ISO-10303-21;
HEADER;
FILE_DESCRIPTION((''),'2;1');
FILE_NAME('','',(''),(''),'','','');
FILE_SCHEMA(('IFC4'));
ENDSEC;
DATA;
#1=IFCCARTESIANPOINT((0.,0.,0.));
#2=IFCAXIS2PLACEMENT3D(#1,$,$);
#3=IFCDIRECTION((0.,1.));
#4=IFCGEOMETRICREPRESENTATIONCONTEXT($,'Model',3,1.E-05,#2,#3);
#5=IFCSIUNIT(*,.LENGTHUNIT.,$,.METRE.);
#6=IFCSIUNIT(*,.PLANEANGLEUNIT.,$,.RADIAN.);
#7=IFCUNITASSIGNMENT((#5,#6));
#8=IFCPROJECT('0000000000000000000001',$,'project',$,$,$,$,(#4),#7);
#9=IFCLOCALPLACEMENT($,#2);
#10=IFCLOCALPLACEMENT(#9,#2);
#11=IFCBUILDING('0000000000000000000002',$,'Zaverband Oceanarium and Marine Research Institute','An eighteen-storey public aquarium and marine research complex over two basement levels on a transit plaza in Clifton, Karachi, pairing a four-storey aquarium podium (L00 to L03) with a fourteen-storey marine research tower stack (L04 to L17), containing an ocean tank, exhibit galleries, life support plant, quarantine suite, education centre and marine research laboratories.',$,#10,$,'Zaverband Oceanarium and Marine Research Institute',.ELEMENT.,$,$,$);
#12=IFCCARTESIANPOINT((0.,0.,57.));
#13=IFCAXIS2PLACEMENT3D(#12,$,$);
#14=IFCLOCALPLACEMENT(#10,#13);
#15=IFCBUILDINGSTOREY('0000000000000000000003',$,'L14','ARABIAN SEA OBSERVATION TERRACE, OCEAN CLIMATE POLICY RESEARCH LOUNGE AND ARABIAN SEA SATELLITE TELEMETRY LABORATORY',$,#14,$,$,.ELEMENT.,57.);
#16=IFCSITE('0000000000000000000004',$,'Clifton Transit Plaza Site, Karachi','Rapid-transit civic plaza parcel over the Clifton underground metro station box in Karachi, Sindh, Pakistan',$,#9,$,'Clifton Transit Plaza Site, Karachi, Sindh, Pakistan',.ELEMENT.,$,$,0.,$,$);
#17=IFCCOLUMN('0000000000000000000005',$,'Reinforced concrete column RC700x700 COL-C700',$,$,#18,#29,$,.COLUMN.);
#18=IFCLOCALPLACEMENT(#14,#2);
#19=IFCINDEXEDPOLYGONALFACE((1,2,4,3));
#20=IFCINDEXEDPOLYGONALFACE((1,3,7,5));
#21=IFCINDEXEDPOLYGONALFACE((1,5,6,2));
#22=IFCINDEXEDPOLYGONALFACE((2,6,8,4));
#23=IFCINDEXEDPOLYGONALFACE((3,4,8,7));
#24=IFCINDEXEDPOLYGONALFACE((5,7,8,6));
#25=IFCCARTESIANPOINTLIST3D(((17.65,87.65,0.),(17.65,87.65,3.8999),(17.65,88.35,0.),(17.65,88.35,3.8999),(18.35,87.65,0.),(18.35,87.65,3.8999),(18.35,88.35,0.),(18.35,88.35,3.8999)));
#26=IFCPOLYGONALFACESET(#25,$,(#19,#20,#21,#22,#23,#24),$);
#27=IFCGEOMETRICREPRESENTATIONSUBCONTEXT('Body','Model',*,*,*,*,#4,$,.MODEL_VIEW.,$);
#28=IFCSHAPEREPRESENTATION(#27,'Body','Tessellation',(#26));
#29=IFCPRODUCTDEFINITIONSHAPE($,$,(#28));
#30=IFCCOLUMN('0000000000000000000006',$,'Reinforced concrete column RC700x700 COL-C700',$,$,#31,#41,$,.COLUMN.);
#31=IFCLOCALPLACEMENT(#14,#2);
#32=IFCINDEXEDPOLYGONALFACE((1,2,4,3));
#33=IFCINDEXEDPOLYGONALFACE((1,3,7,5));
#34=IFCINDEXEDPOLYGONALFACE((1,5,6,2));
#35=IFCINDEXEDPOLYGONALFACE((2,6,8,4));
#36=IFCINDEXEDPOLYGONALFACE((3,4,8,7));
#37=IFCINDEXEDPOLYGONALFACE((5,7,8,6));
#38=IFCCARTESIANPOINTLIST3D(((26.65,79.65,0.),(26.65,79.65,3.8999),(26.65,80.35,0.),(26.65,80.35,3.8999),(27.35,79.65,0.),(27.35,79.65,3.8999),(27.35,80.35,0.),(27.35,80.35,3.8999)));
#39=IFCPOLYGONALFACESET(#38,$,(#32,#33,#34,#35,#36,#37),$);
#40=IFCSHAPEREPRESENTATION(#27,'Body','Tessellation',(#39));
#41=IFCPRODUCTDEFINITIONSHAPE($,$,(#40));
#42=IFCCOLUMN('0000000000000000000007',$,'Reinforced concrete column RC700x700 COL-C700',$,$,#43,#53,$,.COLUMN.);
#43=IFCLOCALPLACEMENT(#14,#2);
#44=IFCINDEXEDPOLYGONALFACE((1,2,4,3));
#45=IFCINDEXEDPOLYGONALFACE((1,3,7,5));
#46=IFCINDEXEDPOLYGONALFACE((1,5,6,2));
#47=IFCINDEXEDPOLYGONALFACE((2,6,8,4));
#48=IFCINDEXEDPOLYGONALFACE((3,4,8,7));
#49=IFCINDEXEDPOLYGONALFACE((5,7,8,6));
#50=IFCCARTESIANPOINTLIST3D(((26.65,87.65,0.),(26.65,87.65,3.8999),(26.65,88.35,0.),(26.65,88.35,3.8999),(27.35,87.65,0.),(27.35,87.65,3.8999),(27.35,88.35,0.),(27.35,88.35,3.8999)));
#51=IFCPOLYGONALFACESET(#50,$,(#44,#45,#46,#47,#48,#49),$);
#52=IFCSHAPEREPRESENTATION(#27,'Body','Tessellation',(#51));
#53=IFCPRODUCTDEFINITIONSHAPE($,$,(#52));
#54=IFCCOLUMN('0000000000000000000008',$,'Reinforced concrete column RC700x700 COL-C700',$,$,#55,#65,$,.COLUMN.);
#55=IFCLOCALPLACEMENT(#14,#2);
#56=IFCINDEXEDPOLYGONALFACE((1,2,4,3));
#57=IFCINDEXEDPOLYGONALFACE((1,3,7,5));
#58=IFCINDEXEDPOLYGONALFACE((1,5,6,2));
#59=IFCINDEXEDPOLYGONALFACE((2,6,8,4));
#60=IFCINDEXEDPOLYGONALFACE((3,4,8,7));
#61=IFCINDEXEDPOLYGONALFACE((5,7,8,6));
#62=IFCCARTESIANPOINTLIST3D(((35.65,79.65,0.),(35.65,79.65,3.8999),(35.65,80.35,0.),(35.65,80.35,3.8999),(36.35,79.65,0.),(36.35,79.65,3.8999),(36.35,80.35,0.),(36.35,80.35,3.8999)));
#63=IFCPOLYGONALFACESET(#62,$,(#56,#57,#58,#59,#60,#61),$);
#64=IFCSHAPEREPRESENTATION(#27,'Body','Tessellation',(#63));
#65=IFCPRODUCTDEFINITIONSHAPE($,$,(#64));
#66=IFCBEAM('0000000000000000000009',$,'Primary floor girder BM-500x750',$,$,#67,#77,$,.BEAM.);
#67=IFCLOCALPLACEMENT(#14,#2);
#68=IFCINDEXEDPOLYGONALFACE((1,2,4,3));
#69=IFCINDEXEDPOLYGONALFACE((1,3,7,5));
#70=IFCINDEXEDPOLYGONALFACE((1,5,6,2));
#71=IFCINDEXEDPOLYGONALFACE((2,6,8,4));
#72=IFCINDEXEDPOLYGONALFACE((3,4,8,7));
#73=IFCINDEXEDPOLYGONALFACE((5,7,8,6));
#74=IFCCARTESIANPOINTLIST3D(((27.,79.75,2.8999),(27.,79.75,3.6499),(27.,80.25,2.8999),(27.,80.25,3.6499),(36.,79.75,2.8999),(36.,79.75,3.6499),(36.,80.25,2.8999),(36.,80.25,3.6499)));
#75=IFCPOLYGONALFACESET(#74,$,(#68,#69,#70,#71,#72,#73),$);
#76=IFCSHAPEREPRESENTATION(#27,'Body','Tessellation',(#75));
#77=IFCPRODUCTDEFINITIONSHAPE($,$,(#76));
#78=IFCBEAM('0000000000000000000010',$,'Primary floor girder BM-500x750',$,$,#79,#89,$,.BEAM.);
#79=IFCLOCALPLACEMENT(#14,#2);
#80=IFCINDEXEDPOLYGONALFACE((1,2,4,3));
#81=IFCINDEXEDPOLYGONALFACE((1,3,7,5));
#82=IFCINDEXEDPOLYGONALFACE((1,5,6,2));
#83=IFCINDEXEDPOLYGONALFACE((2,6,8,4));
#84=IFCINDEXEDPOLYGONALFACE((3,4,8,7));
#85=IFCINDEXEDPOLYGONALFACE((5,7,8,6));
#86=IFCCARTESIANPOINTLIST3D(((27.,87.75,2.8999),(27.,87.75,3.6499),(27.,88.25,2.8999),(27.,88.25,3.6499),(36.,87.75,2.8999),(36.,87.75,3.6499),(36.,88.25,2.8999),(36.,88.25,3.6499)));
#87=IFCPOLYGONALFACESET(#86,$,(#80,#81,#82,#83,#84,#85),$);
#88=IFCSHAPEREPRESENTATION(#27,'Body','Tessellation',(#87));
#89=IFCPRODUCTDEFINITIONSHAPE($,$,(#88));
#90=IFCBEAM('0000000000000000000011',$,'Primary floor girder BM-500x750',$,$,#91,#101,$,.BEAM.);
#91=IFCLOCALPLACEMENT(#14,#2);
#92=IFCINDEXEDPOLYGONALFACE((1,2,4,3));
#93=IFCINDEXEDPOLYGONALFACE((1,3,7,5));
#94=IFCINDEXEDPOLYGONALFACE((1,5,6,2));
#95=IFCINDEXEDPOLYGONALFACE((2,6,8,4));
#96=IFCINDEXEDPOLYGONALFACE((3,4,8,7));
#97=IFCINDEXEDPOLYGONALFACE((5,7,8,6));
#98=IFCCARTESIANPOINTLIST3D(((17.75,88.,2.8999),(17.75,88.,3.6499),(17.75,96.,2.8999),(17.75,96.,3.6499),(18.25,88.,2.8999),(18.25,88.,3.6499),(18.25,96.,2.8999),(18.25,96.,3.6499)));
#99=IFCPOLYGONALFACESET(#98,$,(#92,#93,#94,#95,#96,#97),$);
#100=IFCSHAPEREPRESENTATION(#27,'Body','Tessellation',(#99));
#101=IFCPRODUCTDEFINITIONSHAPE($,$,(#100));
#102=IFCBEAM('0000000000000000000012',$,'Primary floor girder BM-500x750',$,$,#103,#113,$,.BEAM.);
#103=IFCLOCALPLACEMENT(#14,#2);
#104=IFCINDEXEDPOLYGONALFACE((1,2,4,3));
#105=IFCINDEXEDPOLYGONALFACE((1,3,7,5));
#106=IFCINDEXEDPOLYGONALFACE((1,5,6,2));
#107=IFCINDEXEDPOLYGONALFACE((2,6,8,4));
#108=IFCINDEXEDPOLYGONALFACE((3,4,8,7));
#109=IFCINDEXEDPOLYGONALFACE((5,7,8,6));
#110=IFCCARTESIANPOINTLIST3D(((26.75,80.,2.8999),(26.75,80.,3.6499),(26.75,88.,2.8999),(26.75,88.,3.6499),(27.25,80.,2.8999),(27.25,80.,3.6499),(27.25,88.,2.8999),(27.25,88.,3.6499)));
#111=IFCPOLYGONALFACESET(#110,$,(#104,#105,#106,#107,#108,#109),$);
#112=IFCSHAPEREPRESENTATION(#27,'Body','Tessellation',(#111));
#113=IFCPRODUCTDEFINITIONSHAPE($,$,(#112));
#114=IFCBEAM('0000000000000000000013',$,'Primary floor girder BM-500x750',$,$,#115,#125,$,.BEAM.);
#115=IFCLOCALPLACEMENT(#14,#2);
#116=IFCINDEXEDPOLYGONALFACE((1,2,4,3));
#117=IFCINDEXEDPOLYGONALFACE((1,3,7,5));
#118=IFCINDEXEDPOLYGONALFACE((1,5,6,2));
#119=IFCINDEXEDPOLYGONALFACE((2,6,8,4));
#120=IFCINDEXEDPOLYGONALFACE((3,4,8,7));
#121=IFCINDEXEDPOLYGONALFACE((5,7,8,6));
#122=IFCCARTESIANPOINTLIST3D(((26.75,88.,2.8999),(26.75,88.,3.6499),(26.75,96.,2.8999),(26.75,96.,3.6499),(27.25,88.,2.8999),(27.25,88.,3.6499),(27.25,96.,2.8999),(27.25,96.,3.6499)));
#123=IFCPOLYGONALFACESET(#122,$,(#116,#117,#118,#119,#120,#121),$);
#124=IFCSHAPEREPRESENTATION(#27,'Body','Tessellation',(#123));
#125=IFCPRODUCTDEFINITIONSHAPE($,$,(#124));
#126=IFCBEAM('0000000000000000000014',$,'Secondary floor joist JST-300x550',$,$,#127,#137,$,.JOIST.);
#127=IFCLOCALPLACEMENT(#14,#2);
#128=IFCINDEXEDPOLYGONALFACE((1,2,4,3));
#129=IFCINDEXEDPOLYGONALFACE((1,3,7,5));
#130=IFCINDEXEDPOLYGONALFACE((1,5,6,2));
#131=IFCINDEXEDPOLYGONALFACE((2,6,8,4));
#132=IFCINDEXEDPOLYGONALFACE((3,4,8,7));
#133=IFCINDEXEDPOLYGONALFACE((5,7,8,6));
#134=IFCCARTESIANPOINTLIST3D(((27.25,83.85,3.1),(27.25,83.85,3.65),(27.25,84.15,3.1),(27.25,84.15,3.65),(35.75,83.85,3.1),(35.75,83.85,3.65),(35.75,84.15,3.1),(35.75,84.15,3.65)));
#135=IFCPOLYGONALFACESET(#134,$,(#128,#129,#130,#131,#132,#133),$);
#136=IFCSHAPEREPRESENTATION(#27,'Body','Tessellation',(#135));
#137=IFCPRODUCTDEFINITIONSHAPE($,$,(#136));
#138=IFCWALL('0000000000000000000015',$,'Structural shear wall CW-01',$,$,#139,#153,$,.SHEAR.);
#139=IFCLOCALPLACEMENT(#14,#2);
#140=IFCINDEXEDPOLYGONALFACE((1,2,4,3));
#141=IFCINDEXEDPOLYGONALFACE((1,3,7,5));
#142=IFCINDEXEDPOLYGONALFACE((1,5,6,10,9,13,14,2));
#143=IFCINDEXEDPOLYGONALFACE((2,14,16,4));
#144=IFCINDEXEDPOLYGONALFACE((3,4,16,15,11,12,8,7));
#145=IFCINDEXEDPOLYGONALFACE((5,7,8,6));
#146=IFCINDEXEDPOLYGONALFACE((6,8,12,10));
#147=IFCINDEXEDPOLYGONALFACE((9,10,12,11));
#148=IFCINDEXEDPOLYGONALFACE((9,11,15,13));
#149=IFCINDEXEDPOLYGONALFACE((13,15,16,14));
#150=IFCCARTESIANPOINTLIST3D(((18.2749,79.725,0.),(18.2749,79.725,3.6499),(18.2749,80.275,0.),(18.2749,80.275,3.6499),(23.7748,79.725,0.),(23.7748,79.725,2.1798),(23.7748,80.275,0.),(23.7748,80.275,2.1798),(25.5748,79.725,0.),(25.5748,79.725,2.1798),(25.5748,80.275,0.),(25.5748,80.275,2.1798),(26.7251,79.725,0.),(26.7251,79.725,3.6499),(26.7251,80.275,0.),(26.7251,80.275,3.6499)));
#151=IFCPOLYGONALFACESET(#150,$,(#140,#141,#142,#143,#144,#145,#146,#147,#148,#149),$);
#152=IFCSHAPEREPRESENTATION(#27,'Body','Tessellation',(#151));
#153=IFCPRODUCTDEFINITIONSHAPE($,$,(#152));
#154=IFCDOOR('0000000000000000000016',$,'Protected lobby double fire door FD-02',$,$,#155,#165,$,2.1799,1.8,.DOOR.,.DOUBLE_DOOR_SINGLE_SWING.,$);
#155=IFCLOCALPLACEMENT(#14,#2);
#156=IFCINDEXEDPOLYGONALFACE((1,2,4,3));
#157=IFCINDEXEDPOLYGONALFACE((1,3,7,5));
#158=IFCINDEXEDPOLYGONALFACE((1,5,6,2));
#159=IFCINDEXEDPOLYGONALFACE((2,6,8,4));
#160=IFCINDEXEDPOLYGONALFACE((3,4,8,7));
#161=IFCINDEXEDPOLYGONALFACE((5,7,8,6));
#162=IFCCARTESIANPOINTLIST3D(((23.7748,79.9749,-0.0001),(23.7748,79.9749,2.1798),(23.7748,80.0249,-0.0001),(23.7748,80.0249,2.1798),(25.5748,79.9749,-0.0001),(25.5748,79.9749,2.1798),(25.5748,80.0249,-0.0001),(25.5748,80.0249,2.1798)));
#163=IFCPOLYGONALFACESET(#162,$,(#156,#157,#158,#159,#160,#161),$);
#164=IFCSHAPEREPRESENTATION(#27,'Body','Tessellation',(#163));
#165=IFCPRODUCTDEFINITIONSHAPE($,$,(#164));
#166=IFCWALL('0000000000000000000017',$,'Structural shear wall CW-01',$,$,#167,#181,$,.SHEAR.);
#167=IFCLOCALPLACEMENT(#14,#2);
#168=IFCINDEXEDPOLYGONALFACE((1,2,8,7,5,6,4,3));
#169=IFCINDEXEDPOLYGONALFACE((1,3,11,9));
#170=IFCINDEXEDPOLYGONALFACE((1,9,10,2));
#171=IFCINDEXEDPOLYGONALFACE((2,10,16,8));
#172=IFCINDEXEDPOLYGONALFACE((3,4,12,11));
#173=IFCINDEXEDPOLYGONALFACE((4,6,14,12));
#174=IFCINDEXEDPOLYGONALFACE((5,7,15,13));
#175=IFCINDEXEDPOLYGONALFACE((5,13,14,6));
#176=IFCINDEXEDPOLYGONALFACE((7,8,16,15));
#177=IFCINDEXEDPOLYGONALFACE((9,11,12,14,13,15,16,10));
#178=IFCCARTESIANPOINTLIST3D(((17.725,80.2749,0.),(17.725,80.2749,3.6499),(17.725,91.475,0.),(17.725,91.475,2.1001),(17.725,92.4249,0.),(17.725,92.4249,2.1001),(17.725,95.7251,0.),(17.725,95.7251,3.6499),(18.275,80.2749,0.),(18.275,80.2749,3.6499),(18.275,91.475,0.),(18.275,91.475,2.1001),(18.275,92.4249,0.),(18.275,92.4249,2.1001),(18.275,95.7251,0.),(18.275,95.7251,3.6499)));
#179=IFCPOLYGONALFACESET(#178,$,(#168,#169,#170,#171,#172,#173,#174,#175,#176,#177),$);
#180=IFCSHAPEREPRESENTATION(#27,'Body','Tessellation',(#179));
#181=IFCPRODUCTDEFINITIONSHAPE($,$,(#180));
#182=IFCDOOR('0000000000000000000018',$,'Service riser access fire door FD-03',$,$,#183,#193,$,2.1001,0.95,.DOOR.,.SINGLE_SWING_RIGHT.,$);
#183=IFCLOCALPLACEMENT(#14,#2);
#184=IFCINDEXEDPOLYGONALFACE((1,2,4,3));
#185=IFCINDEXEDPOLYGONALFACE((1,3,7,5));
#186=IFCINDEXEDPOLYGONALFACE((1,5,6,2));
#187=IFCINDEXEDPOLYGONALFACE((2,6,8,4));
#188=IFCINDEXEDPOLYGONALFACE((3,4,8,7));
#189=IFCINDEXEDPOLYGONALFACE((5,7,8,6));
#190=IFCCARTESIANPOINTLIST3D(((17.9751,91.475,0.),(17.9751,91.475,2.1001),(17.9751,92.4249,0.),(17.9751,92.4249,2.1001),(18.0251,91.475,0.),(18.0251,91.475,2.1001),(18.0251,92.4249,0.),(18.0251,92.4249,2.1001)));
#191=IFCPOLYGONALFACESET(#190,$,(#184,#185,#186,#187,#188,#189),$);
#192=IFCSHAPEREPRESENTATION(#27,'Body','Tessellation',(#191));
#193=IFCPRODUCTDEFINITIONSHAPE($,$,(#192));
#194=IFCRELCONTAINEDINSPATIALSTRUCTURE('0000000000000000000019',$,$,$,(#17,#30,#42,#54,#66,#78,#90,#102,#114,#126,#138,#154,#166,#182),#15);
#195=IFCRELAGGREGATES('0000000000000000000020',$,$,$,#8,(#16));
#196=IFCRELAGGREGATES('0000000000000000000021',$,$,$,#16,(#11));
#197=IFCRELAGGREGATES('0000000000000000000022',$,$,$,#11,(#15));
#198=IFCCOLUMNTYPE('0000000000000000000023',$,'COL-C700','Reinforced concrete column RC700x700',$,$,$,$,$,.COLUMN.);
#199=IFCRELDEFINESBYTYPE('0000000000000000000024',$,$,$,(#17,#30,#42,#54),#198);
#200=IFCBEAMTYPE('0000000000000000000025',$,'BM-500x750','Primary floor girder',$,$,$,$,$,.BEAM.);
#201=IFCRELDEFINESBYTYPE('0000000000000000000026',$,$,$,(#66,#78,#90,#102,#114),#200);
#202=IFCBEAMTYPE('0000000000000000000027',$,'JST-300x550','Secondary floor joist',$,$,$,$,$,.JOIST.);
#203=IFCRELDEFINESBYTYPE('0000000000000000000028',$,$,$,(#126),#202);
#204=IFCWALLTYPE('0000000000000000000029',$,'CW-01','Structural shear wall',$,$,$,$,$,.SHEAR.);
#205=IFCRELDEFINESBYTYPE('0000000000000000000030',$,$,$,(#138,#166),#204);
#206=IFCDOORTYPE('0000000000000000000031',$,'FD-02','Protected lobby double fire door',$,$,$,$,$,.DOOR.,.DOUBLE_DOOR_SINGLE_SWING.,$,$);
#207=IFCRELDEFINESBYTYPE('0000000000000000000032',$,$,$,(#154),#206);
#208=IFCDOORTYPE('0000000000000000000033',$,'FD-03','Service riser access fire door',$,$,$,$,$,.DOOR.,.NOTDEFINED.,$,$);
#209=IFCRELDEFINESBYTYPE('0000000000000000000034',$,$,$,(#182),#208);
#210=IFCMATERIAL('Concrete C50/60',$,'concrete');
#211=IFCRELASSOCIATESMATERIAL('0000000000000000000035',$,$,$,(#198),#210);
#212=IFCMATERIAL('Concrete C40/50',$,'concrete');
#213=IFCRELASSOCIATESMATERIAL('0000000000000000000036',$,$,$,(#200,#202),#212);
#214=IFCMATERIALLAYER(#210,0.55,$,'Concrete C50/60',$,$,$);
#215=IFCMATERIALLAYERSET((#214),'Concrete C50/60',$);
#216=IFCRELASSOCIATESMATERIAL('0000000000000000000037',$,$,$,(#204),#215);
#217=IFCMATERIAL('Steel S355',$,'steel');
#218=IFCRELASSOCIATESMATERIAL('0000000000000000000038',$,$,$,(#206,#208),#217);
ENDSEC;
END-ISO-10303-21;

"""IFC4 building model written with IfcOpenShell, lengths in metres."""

from ifc_helpers import new_model, si_unit, direction, frame, frame_2d, origin, origin_2d, place, context, subcontext, project, spatial, rectangle, extrude, material, layer, layer_set, material_profile, profile_set, type_object, element, fill, save


model = new_model("IFC4")

# Units and contexts
model_context = context("Model", 3, precision=1e-05, world=origin(), true_north=direction((0.0, 1.0)))
body_context = subcontext(model_context, "Body", "Model", "MODEL_VIEW")
ifc_project = project(units=[si_unit("LENGTHUNIT", "METRE"), si_unit("PLANEANGLEUNIT", "RADIAN")], contexts=[model_context])

# Site, building, storey
site_placement = place(None, origin())
site = spatial("IfcSite", under=ifc_project, at=site_placement, Name="Clifton Transit Plaza Site, Karachi", Description="Rapid-transit civic plaza parcel over the Clifton underground metro station box in Karachi, Sindh, Pakistan", LongName="Clifton Transit Plaza Site, Karachi, Sindh, Pakistan", CompositionType="ELEMENT", RefElevation=0.0)
building_placement = place(site_placement, origin())
building = spatial("IfcBuilding", under=site, at=building_placement, Name="Zaverband Oceanarium and Marine Research Institute", Description="An eighteen-storey public aquarium and marine research complex over two basement levels on a transit plaza in Clifton, Karachi, pairing a four-storey aquarium podium (L00 to L03) with a fourteen-storey marine research tower stack (L04 to L17), containing an ocean tank, exhibit galleries, life support plant, quarantine suite, education centre and marine research laboratories.", LongName="Zaverband Oceanarium and Marine Research Institute", CompositionType="ELEMENT")
storey_placement = place(building_placement, frame((0.0, 0.0, 57.0)))
storey = spatial("IfcBuildingStorey", under=building, at=storey_placement, Name="L14", Description="ARABIAN SEA OBSERVATION TERRACE, OCEAN CLIMATE POLICY RESEARCH LOUNGE AND ARABIAN SEA SATELLITE TELEMETRY LABORATORY", CompositionType="ELEMENT", Elevation=57.0)

# Columns
ifc_material_1 = material(Name="Concrete C50/60", Category="concrete")
ifc_material_profile_1 = material_profile(ifc_material_1, rectangle(XDim=0.7, YDim=0.7, at=origin_2d()), Name="RC700x700")
ifc_profile_set_1 = profile_set([ifc_material_profile_1], Name="Concrete C50/60")
column_type = type_object("IfcColumnType", Name="COL-C700", Description="Reinforced concrete column RC700x700", PredefinedType="COLUMN", material=ifc_profile_set_1)
for number, where, z_axis, x_axis, name in (
    (1, (18.0, 88.0, 0.0), (0.0, 0.0, 1.0), (1.0, 0.0, 0.0), "Reinforced concrete column RC700x700 COL-C700"),
    (2, (27.0, 80.0, 0.0), (0.0, 0.0, 1.0), (1.0, 0.0, 0.0), "Reinforced concrete column RC700x700 COL-C700"),
    (3, (27.0, 88.0, 0.0), (0.0, 0.0, 1.0), (1.0, 0.0, 0.0), "Reinforced concrete column RC700x700 COL-C700"),
    (4, (36.0, 80.0, 0.0), (0.0, 0.0, 1.0), (1.0, 0.0, 0.0), "Reinforced concrete column RC700x700 COL-C700"),
):
    element("IfcColumn", number, at=place(storey_placement, frame(where, z_axis=z_axis, x_axis=x_axis)), inside=storey, type_object=column_type, Name=name, PredefinedType="COLUMN", context=body_context, shape_type="SweptSolid", body=[
        extrude(rectangle(XDim=0.7, YDim=0.7, at=origin_2d()), origin(), (0.0, 0.0, 1.0), 3.8999),
    ])

# Beams
ifc_material_2 = material(Name="Concrete C40/50", Category="concrete")
ifc_material_profile_2 = material_profile(ifc_material_2, rectangle(XDim=0.5, YDim=0.75, at=origin_2d()), Name="RC500x750")
ifc_profile_set_2 = profile_set([ifc_material_profile_2], Name="Concrete C40/50")
beam_type_1 = type_object("IfcBeamType", Name="BM-500x750", Description="Primary floor girder", PredefinedType="BEAM", material=ifc_profile_set_2)
for number, where, z_axis, x_axis, name in (
    (5, (27.0, 80.0, 3.2749), (1.0, 0.0, 0.0), (0.0, 1.0, 0.0), "Primary floor girder BM-500x750"),
    (6, (27.0, 88.0, 3.2749), (1.0, 0.0, 0.0), (0.0, 1.0, 0.0), "Primary floor girder BM-500x750"),
):
    element("IfcBeam", number, at=place(storey_placement, frame(where, z_axis=z_axis, x_axis=x_axis)), inside=storey, type_object=beam_type_1, Name=name, PredefinedType="BEAM", context=body_context, shape_type="SweptSolid", body=[
        extrude(rectangle(XDim=0.5, YDim=0.75, at=origin_2d()), origin(), (0.0, 0.0, 1.0), 9.0),
    ])
for number, where, z_axis, x_axis, name in (
    (7, (18.0, 88.0, 3.2749), (0.0, 1.0, 0.0), (-1.0, 0.0, 0.0), "Primary floor girder BM-500x750"),
    (8, (27.0, 80.0, 3.2749), (0.0, 1.0, 0.0), (-1.0, 0.0, 0.0), "Primary floor girder BM-500x750"),
    (9, (27.0, 88.0, 3.2749), (0.0, 1.0, 0.0), (-1.0, 0.0, 0.0), "Primary floor girder BM-500x750"),
):
    element("IfcBeam", number, at=place(storey_placement, frame(where, z_axis=z_axis, x_axis=x_axis)), inside=storey, type_object=beam_type_1, Name=name, PredefinedType="BEAM", context=body_context, shape_type="SweptSolid", body=[
        extrude(rectangle(XDim=0.5, YDim=0.75, at=origin_2d()), origin(), (0.0, 0.0, 1.0), 8.0),
    ])
ifc_material_profile_3 = material_profile(ifc_material_2, rectangle(XDim=0.3, YDim=0.55, at=origin_2d()), Name="RC300x550")
ifc_profile_set_3 = profile_set([ifc_material_profile_3], Name="Concrete C40/50")
beam_type_2 = type_object("IfcBeamType", Name="JST-300x550", Description="Secondary floor joist", PredefinedType="JOIST", material=ifc_profile_set_3)
beam_placement = place(storey_placement, frame((27.25, 84.0, 3.375), z_axis=(1.0, 0.0, 0.0), x_axis=(0.0, 1.0, 0.0)))
element("IfcBeam", 10, at=beam_placement, inside=storey, type_object=beam_type_2, Name="Secondary floor joist JST-300x550", PredefinedType="JOIST", context=body_context, shape_type="SweptSolid", body=[
    extrude(rectangle(XDim=0.3, YDim=0.55, at=origin_2d()), origin(), (0.0, 0.0, 1.0), 8.5),
])

# Walls, openings, doors
ifc_layer_1 = layer(ifc_material_1, 0.55, Name="Concrete C50/60")
ifc_layer_set_1 = layer_set([ifc_layer_1], Name="Concrete C50/60")
wall_type_1 = type_object("IfcWallType", Name="CW-01", Description="Structural shear wall", PredefinedType="SHEAR", material=ifc_layer_set_1)
wall_1_placement = place(storey_placement, frame((18.2749, 80.0, 0.0), z_axis=(0.0, 0.0, 1.0), x_axis=(1.0, 0.0, 0.0)))
wall_1 = element("IfcWall", 11, at=wall_1_placement, inside=storey, type_object=wall_type_1, Name="Structural shear wall CW-01", PredefinedType="SHEAR", context=body_context, shape_type="SweptSolid", body=[
    extrude(rectangle(XDim=8.4502, YDim=0.55, at=frame_2d((4.2251, 0.0))), origin(), (0.0, 0.0, 1.0), 3.6499),
])
opening_1_placement = place(wall_1_placement, frame((5.5, 0.0, 0.0)))
opening_1 = element("IfcOpeningElement", 12, at=opening_1_placement, cuts=wall_1, PredefinedType="OPENING", context=body_context, shape_type="SweptSolid", body=[
    extrude(rectangle(XDim=1.8, YDim=2.1799, at=frame_2d((0.8999, 1.0898))), frame((0.0, 0.2871, 0.0), z_axis=(0.0, -1.0, 0.0), x_axis=(1.0, 0.0, 0.0)), (0.0, 0.0, 1.0), 0.574),
])
ifc_material_3 = material(Name="Steel S355", Category="steel")
door_type_1 = type_object("IfcDoorType", Name="FD-02", Description="Protected lobby double fire door", OperationType="DOUBLE_DOOR_SINGLE_SWING", PredefinedType="DOOR", material=ifc_material_3)
door_1_placement = place(opening_1_placement, origin())
door_1 = element("IfcDoor", 13, at=door_1_placement, inside=storey, type_object=door_type_1, Name="Protected lobby double fire door FD-02", OperationType="DOUBLE_DOOR_SINGLE_SWING", OverallHeight=2.1799, OverallWidth=1.8, PredefinedType="DOOR", context=body_context, shape_type="SweptSolid", body=[
    extrude(rectangle(XDim=1.8, YDim=2.1799, at=frame_2d((0.8999, 1.0898))), frame((0.0, 0.0249, 0.0), z_axis=(0.0, -1.0, 0.0), x_axis=(1.0, 0.0, 0.0)), (0.0, 0.0, 1.0), 0.05),
])
fill(opening_1, door_1)
wall_2_placement = place(storey_placement, frame((18.0, 80.2749, 0.0), z_axis=(0.0, 0.0, 1.0), x_axis=(0.0, 1.0, 0.0)))
wall_2 = element("IfcWall", 14, at=wall_2_placement, inside=storey, type_object=wall_type_1, Name="Structural shear wall CW-01", PredefinedType="SHEAR", context=body_context, shape_type="SweptSolid", body=[
    extrude(rectangle(XDim=15.4502, YDim=0.55, at=frame_2d((7.7251, 0.0))), origin(), (0.0, 0.0, 1.0), 3.6499),
])
opening_2_placement = place(wall_2_placement, frame((11.2, 0.0, 0.0)))
opening_2 = element("IfcOpeningElement", 15, at=opening_2_placement, cuts=wall_2, PredefinedType="OPENING", context=body_context, shape_type="SweptSolid", body=[
    extrude(rectangle(XDim=0.95, YDim=2.1001, at=frame_2d((0.4751, 1.05))), frame((0.0, 0.2871, 0.0), z_axis=(0.0, -1.0, 0.0), x_axis=(1.0, 0.0, 0.0)), (0.0, 0.0, 1.0), 0.574),
])
door_type_2 = type_object("IfcDoorType", Name="FD-03", Description="Service riser access fire door", OperationType="NOTDEFINED", PredefinedType="DOOR", material=ifc_material_3)
door_2_placement = place(opening_2_placement, origin())
door_2 = element("IfcDoor", 16, at=door_2_placement, inside=storey, type_object=door_type_2, Name="Service riser access fire door FD-03", OperationType="SINGLE_SWING_RIGHT", OverallHeight=2.1001, OverallWidth=0.95, PredefinedType="DOOR", context=body_context, shape_type="SweptSolid", body=[
    extrude(rectangle(XDim=0.95, YDim=2.1001, at=frame_2d((0.4751, 1.05))), frame((0.0, 0.0249, 0.0), z_axis=(0.0, -1.0, 0.0), x_axis=(1.0, 0.0, 0.0)), (0.0, 0.0, 1.0), 0.05),
])
fill(opening_2, door_2)

save(model, "model.ifc")
